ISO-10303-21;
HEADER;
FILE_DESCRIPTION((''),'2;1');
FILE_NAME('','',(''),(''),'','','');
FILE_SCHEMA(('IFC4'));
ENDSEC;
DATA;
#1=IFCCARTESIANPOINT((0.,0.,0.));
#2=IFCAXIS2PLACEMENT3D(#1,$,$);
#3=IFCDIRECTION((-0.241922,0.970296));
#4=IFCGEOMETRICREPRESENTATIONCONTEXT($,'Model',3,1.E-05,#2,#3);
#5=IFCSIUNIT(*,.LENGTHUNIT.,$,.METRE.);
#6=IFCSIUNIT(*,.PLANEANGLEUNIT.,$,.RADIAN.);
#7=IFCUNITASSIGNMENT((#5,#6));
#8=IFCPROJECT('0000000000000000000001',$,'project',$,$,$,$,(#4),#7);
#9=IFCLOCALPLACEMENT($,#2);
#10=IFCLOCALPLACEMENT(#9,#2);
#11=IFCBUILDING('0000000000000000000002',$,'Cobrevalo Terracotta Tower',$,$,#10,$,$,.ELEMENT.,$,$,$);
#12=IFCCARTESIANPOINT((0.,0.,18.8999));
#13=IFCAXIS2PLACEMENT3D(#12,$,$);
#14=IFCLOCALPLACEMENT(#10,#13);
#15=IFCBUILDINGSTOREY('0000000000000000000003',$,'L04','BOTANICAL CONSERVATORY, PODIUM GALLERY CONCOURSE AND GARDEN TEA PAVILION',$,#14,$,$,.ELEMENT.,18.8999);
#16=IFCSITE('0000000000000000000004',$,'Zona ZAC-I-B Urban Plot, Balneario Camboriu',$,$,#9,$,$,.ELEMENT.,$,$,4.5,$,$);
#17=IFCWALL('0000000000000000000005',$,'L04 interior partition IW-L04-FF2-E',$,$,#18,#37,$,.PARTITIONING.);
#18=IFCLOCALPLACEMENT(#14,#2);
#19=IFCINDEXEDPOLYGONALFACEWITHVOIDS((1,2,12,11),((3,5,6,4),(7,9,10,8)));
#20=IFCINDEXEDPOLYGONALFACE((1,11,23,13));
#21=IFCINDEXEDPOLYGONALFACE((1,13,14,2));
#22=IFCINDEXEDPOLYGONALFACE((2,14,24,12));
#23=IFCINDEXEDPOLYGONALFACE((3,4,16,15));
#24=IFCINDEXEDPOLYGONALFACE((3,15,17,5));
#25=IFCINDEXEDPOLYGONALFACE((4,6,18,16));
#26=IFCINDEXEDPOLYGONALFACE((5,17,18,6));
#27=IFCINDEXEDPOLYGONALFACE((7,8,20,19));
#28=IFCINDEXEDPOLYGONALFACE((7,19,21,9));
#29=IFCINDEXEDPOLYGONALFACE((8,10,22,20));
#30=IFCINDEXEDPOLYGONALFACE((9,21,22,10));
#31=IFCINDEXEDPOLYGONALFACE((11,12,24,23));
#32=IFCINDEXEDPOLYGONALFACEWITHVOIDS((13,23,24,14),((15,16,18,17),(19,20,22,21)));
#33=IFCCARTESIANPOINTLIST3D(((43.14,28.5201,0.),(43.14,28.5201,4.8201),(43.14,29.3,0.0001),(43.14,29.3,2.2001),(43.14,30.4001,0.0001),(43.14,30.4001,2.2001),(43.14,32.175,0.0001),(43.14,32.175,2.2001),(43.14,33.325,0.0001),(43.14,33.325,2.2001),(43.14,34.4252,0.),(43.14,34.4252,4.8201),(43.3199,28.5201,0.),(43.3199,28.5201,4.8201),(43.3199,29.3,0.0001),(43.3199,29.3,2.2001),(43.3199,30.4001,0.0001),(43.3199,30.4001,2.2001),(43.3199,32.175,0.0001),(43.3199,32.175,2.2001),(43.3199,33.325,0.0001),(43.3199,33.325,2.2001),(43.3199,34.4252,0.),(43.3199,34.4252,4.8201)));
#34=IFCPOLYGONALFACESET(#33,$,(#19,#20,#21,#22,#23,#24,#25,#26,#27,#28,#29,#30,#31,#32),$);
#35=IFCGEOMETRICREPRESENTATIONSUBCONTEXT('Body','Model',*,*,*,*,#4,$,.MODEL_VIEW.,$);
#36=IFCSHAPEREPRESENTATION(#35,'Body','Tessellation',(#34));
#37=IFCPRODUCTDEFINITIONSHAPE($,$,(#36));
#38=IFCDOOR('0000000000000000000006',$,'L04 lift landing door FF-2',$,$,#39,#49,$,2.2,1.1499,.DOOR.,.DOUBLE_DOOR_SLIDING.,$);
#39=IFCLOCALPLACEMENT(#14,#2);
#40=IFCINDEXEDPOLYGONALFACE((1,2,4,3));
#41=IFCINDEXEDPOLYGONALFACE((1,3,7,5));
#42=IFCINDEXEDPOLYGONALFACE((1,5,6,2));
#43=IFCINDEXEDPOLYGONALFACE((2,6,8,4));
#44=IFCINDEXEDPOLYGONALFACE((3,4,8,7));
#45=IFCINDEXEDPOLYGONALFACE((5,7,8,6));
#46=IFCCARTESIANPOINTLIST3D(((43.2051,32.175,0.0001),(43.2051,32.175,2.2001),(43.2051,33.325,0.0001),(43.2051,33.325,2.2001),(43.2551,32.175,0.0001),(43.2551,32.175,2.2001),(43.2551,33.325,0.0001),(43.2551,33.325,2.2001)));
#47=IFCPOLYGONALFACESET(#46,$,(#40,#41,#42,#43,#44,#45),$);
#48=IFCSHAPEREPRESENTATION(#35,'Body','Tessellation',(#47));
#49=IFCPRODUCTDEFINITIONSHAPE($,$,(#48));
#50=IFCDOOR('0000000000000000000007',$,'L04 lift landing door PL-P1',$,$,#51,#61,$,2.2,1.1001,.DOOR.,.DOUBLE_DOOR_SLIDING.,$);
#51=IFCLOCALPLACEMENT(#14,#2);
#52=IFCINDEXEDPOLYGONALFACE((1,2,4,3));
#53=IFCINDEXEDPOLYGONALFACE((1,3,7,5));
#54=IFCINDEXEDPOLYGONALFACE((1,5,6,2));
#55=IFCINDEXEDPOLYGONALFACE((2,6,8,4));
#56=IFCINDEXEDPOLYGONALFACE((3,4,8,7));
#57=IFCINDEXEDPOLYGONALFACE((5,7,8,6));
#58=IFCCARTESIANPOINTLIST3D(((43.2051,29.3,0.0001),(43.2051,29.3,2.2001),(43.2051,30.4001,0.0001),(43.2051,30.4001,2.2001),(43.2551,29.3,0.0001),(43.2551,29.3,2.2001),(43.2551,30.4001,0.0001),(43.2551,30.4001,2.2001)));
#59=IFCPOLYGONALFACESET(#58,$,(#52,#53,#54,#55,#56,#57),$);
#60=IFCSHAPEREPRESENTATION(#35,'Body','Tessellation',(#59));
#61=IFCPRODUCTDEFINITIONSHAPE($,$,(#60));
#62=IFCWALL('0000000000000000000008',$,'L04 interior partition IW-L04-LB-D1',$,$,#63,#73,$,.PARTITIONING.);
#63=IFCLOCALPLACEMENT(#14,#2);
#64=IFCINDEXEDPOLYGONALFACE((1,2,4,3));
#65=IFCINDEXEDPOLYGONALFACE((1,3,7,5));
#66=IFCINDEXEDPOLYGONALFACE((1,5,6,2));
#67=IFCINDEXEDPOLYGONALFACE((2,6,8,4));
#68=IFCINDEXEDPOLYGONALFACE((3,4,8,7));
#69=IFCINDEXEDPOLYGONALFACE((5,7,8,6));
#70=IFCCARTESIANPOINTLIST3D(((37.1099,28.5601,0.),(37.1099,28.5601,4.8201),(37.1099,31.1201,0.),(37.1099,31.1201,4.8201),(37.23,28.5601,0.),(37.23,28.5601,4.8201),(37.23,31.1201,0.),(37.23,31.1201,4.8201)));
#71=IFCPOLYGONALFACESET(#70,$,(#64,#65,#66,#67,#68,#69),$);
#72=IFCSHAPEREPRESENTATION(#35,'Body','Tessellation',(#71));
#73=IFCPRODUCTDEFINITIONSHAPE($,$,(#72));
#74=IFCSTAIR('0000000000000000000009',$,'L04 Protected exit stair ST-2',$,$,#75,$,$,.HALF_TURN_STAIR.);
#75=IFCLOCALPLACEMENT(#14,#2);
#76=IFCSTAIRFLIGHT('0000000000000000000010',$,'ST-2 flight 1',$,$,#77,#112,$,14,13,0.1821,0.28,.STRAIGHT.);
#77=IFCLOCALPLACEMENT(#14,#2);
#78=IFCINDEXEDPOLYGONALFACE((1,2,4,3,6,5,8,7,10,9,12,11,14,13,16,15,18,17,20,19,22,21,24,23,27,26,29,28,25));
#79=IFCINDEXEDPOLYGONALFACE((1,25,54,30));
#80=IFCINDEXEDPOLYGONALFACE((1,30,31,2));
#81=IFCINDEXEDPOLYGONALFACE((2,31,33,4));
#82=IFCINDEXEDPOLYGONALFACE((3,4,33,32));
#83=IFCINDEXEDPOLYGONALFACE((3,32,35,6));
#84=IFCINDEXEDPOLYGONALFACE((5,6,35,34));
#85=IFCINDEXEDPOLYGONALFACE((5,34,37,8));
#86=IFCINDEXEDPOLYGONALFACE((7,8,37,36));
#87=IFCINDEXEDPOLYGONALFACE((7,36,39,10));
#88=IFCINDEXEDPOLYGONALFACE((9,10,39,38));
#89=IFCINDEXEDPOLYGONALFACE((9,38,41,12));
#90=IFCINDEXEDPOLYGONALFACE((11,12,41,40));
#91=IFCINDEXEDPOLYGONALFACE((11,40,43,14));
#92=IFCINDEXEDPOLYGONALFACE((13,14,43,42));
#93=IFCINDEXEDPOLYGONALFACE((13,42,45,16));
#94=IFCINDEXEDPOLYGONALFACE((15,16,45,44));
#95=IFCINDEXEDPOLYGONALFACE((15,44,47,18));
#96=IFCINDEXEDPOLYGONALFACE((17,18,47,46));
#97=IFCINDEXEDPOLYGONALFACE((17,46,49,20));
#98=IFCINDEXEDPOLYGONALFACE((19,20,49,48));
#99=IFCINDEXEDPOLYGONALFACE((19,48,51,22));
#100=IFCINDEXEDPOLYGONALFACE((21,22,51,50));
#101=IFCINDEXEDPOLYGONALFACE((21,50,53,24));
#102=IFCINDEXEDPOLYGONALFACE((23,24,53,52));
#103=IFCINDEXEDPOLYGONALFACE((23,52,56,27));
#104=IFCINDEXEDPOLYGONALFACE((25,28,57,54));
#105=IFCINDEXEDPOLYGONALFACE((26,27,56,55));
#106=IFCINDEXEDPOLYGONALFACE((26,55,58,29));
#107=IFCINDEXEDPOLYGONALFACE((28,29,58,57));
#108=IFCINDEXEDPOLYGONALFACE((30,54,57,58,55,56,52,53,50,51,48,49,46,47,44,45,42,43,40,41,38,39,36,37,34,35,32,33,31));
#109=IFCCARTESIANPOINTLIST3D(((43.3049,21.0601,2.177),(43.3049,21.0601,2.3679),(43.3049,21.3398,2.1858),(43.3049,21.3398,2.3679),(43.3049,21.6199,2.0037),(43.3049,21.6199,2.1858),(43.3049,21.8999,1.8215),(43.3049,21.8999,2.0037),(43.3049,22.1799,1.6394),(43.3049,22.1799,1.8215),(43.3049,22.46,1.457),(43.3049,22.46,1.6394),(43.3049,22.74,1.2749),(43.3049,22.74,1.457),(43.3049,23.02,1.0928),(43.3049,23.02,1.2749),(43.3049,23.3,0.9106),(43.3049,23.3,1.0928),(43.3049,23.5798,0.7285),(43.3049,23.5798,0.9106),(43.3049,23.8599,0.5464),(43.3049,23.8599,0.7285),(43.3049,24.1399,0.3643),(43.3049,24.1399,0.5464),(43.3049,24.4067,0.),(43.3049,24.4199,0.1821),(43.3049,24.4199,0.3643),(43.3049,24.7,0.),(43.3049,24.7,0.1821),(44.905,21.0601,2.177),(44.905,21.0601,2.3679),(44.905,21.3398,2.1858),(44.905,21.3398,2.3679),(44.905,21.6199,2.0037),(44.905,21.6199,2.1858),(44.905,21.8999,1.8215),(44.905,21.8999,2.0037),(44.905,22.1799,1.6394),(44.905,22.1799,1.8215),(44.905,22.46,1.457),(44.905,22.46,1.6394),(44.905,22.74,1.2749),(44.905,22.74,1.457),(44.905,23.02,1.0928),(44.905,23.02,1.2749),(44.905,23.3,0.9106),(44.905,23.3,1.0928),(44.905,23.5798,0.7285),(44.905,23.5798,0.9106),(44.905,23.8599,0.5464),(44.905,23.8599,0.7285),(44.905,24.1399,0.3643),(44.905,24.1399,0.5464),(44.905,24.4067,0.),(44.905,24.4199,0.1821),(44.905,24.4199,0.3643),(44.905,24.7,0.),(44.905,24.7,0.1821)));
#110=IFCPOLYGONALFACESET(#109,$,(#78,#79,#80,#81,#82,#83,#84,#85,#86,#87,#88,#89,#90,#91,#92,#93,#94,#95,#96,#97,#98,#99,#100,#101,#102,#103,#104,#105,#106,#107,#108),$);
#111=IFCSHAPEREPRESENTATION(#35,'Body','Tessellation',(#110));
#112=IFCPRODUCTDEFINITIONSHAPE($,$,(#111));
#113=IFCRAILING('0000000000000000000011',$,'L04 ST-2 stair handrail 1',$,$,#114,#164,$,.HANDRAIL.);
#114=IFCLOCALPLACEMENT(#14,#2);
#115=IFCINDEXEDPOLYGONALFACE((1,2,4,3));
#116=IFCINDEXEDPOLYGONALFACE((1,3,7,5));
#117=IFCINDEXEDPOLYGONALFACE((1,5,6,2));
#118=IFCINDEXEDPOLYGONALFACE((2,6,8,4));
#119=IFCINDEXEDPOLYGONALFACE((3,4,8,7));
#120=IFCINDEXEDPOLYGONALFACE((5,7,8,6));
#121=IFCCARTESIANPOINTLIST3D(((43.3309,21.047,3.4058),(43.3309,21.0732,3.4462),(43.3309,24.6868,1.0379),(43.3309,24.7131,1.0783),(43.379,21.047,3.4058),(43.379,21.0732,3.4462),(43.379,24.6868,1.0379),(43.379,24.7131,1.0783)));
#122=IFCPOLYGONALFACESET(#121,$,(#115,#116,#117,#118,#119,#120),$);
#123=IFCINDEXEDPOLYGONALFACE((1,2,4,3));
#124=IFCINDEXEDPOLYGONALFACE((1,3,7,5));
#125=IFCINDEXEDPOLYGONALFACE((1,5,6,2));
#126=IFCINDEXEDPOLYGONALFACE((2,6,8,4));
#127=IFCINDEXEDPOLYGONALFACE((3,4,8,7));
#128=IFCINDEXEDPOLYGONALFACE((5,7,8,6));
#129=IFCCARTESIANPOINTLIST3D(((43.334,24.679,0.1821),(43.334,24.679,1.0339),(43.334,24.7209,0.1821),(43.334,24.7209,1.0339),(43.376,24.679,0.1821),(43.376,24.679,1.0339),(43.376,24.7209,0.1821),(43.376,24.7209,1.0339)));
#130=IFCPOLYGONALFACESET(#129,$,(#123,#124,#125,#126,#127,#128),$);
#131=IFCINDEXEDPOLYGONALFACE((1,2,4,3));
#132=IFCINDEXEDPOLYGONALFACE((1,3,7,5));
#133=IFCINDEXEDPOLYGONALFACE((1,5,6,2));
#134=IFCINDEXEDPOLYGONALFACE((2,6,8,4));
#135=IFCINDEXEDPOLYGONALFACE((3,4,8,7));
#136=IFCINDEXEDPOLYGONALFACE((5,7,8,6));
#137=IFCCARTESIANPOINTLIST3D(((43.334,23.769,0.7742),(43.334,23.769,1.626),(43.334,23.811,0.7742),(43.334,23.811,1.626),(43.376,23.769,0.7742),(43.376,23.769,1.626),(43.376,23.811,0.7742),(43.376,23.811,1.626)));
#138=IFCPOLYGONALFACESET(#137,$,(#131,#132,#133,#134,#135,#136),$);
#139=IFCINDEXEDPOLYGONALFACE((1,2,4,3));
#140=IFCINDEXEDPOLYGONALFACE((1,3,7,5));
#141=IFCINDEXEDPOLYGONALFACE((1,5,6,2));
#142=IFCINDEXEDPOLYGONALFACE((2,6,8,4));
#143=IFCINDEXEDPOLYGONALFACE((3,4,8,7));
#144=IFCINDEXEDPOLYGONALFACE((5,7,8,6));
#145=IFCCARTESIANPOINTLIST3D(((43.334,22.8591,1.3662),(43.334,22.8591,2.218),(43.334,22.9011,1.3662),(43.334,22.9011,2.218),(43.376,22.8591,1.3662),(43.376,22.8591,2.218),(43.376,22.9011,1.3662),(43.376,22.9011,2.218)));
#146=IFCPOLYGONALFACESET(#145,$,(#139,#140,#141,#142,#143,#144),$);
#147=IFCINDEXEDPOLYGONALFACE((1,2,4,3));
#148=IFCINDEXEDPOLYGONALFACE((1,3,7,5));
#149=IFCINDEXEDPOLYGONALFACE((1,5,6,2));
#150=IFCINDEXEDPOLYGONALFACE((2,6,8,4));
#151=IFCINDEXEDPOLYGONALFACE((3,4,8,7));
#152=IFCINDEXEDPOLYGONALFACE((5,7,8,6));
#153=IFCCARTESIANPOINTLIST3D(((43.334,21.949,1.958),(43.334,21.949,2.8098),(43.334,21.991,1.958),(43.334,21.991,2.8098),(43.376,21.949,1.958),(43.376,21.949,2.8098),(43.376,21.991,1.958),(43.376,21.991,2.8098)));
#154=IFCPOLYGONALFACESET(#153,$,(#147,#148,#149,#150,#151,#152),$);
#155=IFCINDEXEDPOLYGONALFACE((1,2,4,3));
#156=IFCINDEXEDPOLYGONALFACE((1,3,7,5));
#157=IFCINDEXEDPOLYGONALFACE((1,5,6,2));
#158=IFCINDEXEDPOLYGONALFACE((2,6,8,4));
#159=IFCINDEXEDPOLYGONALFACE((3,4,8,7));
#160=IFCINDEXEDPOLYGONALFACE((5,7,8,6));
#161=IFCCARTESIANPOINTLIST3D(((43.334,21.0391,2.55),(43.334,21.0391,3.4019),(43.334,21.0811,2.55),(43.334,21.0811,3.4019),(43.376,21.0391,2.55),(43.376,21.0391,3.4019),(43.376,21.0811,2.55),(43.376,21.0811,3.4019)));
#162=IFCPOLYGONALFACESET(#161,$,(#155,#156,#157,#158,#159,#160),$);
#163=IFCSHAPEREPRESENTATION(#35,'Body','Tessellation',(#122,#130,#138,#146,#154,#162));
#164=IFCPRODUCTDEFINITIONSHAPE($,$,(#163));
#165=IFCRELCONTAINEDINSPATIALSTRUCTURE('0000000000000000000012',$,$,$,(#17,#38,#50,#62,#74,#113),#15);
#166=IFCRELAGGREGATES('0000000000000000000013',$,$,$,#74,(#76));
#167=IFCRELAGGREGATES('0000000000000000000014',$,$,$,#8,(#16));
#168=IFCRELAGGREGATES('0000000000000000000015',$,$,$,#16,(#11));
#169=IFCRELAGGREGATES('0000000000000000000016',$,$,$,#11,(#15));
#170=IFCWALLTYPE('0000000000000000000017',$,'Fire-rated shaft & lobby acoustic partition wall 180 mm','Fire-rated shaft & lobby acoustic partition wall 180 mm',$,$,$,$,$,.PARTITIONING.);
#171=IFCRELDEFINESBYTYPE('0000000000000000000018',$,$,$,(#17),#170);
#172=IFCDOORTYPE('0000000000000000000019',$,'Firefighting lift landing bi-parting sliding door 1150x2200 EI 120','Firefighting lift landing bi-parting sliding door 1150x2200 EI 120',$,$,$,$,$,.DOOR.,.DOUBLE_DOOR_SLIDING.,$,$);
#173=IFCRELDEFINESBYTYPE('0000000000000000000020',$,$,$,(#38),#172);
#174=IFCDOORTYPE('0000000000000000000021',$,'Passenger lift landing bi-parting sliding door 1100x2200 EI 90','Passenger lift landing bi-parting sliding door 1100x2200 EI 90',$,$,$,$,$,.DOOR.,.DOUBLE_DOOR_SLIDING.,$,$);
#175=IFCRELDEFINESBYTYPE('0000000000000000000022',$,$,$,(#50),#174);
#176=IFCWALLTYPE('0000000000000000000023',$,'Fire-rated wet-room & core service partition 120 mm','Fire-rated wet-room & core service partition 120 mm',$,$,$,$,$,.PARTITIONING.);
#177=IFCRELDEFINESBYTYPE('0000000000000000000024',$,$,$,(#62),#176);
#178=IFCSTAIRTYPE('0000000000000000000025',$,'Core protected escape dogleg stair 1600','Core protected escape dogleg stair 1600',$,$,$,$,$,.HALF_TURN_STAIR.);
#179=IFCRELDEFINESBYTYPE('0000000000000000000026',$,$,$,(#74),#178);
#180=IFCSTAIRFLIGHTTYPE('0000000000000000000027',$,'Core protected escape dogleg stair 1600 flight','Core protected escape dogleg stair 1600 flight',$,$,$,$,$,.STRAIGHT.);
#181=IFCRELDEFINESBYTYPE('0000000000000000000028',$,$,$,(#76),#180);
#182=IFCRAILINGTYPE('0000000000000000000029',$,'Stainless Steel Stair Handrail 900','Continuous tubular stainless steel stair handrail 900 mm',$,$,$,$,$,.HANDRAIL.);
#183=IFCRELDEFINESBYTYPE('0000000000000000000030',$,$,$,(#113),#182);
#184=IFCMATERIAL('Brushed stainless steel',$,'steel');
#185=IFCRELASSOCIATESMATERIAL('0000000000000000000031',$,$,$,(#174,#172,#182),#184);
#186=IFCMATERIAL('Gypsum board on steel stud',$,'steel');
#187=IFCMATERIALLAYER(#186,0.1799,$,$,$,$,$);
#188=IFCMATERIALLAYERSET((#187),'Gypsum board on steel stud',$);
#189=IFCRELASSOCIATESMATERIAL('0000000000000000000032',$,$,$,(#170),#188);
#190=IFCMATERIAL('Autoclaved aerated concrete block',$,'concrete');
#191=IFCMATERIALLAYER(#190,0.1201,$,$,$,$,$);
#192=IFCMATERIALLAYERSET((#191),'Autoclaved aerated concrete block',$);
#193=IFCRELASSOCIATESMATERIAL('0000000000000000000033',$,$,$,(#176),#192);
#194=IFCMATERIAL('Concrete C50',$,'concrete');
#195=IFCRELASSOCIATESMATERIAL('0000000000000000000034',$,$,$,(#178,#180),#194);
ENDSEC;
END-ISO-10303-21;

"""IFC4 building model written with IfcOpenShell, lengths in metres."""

from ifc_helpers import new_model, si_unit, direction, frame, frame_2d, origin, origin_2d, place, context, subcontext, project, spatial, polyline, rectangle, outline, extrude, source, transform, mapped, material, layer, layer_set, type_object, element, fill, aggregate, save


model = new_model("IFC4")

# Units and contexts
model_context = context("Model", 3, precision=1e-05, world=origin(), true_north=direction((-0.241922, 0.970296)))
body_context = subcontext(model_context, "Body", "Model", "MODEL_VIEW")
ifc_project = project(units=[si_unit("LENGTHUNIT", "METRE"), si_unit("PLANEANGLEUNIT", "RADIAN")], contexts=[model_context])

# Site, building, storey
site_placement = place(None, origin())
site = spatial("IfcSite", under=ifc_project, at=site_placement, Name="Zona ZAC-I-B Urban Plot, Balneario Camboriu", CompositionType="ELEMENT", RefElevation=4.5)
building_placement = place(site_placement, origin())
building = spatial("IfcBuilding", under=site, at=building_placement, Name="Cobrevalo Terracotta Tower", CompositionType="ELEMENT")
storey_placement = place(building_placement, frame((0.0, 0.0, 18.8999)))
storey = spatial("IfcBuildingStorey", under=building, at=storey_placement, Name="L04", Description="BOTANICAL CONSERVATORY, PODIUM GALLERY CONCOURSE AND GARDEN TEA PAVILION", CompositionType="ELEMENT", Elevation=18.8999)

# Shared definitions
ifc_material_1 = material(Name="Gypsum board on steel stud", Category="steel")

# Shared definitions
ifc_material_2 = material(Name="Brushed stainless steel", Category="steel")
door_type_1 = type_object("IfcDoorType", Name="Passenger lift landing bi-parting sliding door 1100x2200 EI 90", Description="Passenger lift landing bi-parting sliding door 1100x2200 EI 90", OperationType="DOUBLE_DOOR_SLIDING", PredefinedType="DOOR", material=ifc_material_2)
shared_shape_1 = source(origin(), body_context, "Body", "SweptSolid", [
    extrude(rectangle(XDim=1.1001, YDim=2.2, at=frame_2d((0.55, 1.1001))), frame((0.0, 0.0249, 0.0), z_axis=(0.0, -1.0, 0.0), x_axis=(1.0, 0.0, 0.0)), (0.0, 0.0, 1.0), 0.05),
])

# Shared definitions
ifc_layer_1 = layer(ifc_material_1, 0.1799)
ifc_layer_set_1 = layer_set([ifc_layer_1], Name="Gypsum board on steel stud")
wall_type_1 = type_object("IfcWallType", Name="Fire-rated shaft & lobby acoustic partition wall 180 mm", Description="Fire-rated shaft & lobby acoustic partition wall 180 mm", PredefinedType="PARTITIONING", material=ifc_layer_set_1)

# Wall, openings, doors
wall_1_placement = place(storey_placement, frame((43.23, 28.52, 0.0), z_axis=(0.0, 0.0, 1.0), x_axis=(0.0, 1.0, 0.0)))
wall_1 = element("IfcWall", 1, at=wall_1_placement, inside=storey, type_object=wall_type_1, Name="L04 interior partition IW-L04-FF2-E", PredefinedType="PARTITIONING", context=body_context, shape_type="SweptSolid", body=[
    extrude(rectangle(XDim=5.905, YDim=0.1799, at=frame_2d((2.9526, 0.0))), origin(), (0.0, 0.0, 1.0), 4.8201),
])
opening_1_placement = place(wall_1_placement, frame((3.655, 0.0, 0.0)))
opening_1 = element("IfcOpeningElement", 2, at=opening_1_placement, cuts=wall_1, PredefinedType="OPENING", context=body_context, shape_type="SweptSolid", body=[
    extrude(rectangle(XDim=1.1499, YDim=2.2, at=frame_2d((0.575, 1.1001))), frame((0.0, 0.1001, 0.0), z_axis=(0.0, -1.0, 0.0), x_axis=(1.0, 0.0, 0.0)), (0.0, 0.0, 1.0), 0.2),
])
opening_2_placement = place(wall_1_placement, frame((0.78, 0.0, 0.0)))
opening_2 = element("IfcOpeningElement", 3, at=opening_2_placement, cuts=wall_1, PredefinedType="OPENING", context=body_context, shape_type="SweptSolid", body=[
    extrude(rectangle(XDim=1.1001, YDim=2.2, at=frame_2d((0.55, 1.1001))), frame((0.0, 0.1001, 0.0), z_axis=(0.0, -1.0, 0.0), x_axis=(1.0, 0.0, 0.0)), (0.0, 0.0, 1.0), 0.2),
])
door_type_2 = type_object("IfcDoorType", Name="Firefighting lift landing bi-parting sliding door 1150x2200 EI 120", Description="Firefighting lift landing bi-parting sliding door 1150x2200 EI 120", OperationType="DOUBLE_DOOR_SLIDING", PredefinedType="DOOR", material=ifc_material_2)
shared_shape_2 = source(origin(), body_context, "Body", "SweptSolid", [
    extrude(rectangle(XDim=1.1499, YDim=2.2, at=frame_2d((0.575, 1.1001))), frame((0.0, 0.0249, 0.0), z_axis=(0.0, -1.0, 0.0), x_axis=(1.0, 0.0, 0.0)), (0.0, 0.0, 1.0), 0.05),
])
door_1_placement = place(opening_1_placement, origin())
door_1 = element("IfcDoor", 4, at=door_1_placement, inside=storey, type_object=door_type_2, Name="L04 lift landing door FF-2", OperationType="DOUBLE_DOOR_SLIDING", OverallHeight=2.2, OverallWidth=1.1499, PredefinedType="DOOR", context=body_context, shape_type="MappedRepresentation", body=[
    mapped(shared_shape_2, transform((0.0, 0.0, 0.0), scale=1.0)),
])
fill(opening_1, door_1)
door_2_placement = place(opening_2_placement, origin())
door_2 = element("IfcDoor", 5, at=door_2_placement, inside=storey, type_object=door_type_1, Name="L04 lift landing door PL-P1", OperationType="DOUBLE_DOOR_SLIDING", OverallHeight=2.2, OverallWidth=1.1001, PredefinedType="DOOR", context=body_context, shape_type="MappedRepresentation", body=[
    mapped(shared_shape_1, transform((0.0, 0.0, 0.0), scale=1.0)),
])
fill(opening_2, door_2)

# Wall
ifc_material_3 = material(Name="Autoclaved aerated concrete block", Category="concrete")
ifc_layer_2 = layer(ifc_material_3, 0.1201)
ifc_layer_set_2 = layer_set([ifc_layer_2], Name="Autoclaved aerated concrete block")
wall_type_2 = type_object("IfcWallType", Name="Fire-rated wet-room & core service partition 120 mm", Description="Fire-rated wet-room & core service partition 120 mm", PredefinedType="PARTITIONING", material=ifc_layer_set_2)
wall_2_placement = place(storey_placement, frame((37.1699, 28.5601, 0.0), z_axis=(0.0, 0.0, 1.0), x_axis=(0.0, 1.0, 0.0)))
element("IfcWall", 6, at=wall_2_placement, inside=storey, type_object=wall_type_2, Name="L04 interior partition IW-L04-LB-D1", PredefinedType="PARTITIONING", context=body_context, shape_type="SweptSolid", body=[
    extrude(rectangle(XDim=2.5601, YDim=0.1201, at=frame_2d((1.28, 0.0))), origin(), (0.0, 0.0, 1.0), 4.8201),
])

# Shared definitions
ifc_material_4 = material(Name="Concrete C50", Category="concrete")

# Stair, stair flight
stair_type = type_object("IfcStairType", Name="Core protected escape dogleg stair 1600", Description="Core protected escape dogleg stair 1600", PredefinedType="HALF_TURN_STAIR", material=ifc_material_4)
stair_placement = place(storey_placement, origin())
stair = element("IfcStair", 7, at=stair_placement, inside=storey, type_object=stair_type, Name="L04 Protected exit stair ST-2", PredefinedType="HALF_TURN_STAIR")
stair_flight_type = type_object("IfcStairFlightType", Name="Core protected escape dogleg stair 1600 flight", Description="Core protected escape dogleg stair 1600 flight", PredefinedType="STRAIGHT", material=ifc_material_4)
stair_flight_placement = place(storey_placement, frame((44.105, 24.7, 0.0), z_axis=(0.0, 0.0, 1.0), x_axis=(0.0, -1.0, 0.0)))
stair_flight = element("IfcStairFlight", 8, at=stair_flight_placement, type_object=stair_flight_type, Name="ST-2 flight 1", NumberOfRisers=14, NumberOfTreads=13, PredefinedType="STRAIGHT", RiserHeight=0.1821, TreadLength=0.28, context=body_context, shape_type="SweptSolid", body=[
    extrude(outline(polyline([(0.0, 0.0), (0.0, 0.1821), (0.28, 0.1821), (0.28, 0.3643), (0.5601, 0.3643), (0.5601, 0.5464), (0.8401, 0.5464), (0.8401, 0.7285), (1.1201, 0.7285), (1.1201, 0.9106), (1.3999, 0.9106), (1.3999, 1.0928), (1.6799, 1.0928), (1.6799, 1.2749), (1.96, 1.2749), (1.96, 1.457), (2.24, 1.457), (2.24, 1.6394), (2.52, 1.6394), (2.52, 1.8215), (2.8, 1.8215), (2.8, 2.0037), (3.0801, 2.0037), (3.0801, 2.1858), (3.3601, 2.1858), (3.3601, 2.3679), (3.6399, 2.3679), (3.6399, 2.55), (3.6399, 2.177), (0.2932, 0.0), (0.0, 0.0)])), frame((0.0, 0.8, 0.0), z_axis=(0.0, -1.0, 0.0), x_axis=(1.0, 0.0, 0.0)), (0.0, 0.0, 1.0), 1.6001),
])
aggregate(stair, [stair_flight])

# Railing
railing_type_1 = type_object("IfcRailingType", Name="Stainless Steel Stair Handrail 900", Description="Continuous tubular stainless steel stair handrail 900 mm", PredefinedType="HANDRAIL", material=ifc_material_2)
railing_1_placement = place(storey_placement, frame((43.355, 24.7, 0.1821)))
element("IfcRailing", 9, at=railing_1_placement, inside=storey, type_object=railing_type_1, Name="L04 ST-2 stair handrail 1", PredefinedType="HANDRAIL", context=body_context, shape_type="SweptSolid", body=[
    extrude(rectangle(XDim=0.0481, YDim=0.0481, at=origin_2d()), frame((0.0, 0.0, 0.876), z_axis=(0.0, -0.838234, 0.54531), x_axis=(1.0, 0.0, 0.0)), (0.0, 0.0, 1.0), 4.3423),
    extrude(rectangle(XDim=0.042, YDim=0.042, at=origin_2d()), origin(), (0.0, 0.0, 1.0), 0.8518),
    extrude(rectangle(XDim=0.042, YDim=0.042, at=origin_2d()), frame((0.0, -0.9099, 0.592)), (0.0, 0.0, 1.0), 0.8518),
    extrude(rectangle(XDim=0.042, YDim=0.042, at=origin_2d()), frame((0.0, -1.8198, 1.1841)), (0.0, 0.0, 1.0), 0.8518),
    extrude(rectangle(XDim=0.042, YDim=0.042, at=origin_2d()), frame((0.0, -2.73, 1.7759)), (0.0, 0.0, 1.0), 0.8518),
    extrude(rectangle(XDim=0.042, YDim=0.042, at=origin_2d()), frame((0.0, -3.6399, 2.3679)), (0.0, 0.0, 1.0), 0.8518),
])

save(model, "model.ifc")
